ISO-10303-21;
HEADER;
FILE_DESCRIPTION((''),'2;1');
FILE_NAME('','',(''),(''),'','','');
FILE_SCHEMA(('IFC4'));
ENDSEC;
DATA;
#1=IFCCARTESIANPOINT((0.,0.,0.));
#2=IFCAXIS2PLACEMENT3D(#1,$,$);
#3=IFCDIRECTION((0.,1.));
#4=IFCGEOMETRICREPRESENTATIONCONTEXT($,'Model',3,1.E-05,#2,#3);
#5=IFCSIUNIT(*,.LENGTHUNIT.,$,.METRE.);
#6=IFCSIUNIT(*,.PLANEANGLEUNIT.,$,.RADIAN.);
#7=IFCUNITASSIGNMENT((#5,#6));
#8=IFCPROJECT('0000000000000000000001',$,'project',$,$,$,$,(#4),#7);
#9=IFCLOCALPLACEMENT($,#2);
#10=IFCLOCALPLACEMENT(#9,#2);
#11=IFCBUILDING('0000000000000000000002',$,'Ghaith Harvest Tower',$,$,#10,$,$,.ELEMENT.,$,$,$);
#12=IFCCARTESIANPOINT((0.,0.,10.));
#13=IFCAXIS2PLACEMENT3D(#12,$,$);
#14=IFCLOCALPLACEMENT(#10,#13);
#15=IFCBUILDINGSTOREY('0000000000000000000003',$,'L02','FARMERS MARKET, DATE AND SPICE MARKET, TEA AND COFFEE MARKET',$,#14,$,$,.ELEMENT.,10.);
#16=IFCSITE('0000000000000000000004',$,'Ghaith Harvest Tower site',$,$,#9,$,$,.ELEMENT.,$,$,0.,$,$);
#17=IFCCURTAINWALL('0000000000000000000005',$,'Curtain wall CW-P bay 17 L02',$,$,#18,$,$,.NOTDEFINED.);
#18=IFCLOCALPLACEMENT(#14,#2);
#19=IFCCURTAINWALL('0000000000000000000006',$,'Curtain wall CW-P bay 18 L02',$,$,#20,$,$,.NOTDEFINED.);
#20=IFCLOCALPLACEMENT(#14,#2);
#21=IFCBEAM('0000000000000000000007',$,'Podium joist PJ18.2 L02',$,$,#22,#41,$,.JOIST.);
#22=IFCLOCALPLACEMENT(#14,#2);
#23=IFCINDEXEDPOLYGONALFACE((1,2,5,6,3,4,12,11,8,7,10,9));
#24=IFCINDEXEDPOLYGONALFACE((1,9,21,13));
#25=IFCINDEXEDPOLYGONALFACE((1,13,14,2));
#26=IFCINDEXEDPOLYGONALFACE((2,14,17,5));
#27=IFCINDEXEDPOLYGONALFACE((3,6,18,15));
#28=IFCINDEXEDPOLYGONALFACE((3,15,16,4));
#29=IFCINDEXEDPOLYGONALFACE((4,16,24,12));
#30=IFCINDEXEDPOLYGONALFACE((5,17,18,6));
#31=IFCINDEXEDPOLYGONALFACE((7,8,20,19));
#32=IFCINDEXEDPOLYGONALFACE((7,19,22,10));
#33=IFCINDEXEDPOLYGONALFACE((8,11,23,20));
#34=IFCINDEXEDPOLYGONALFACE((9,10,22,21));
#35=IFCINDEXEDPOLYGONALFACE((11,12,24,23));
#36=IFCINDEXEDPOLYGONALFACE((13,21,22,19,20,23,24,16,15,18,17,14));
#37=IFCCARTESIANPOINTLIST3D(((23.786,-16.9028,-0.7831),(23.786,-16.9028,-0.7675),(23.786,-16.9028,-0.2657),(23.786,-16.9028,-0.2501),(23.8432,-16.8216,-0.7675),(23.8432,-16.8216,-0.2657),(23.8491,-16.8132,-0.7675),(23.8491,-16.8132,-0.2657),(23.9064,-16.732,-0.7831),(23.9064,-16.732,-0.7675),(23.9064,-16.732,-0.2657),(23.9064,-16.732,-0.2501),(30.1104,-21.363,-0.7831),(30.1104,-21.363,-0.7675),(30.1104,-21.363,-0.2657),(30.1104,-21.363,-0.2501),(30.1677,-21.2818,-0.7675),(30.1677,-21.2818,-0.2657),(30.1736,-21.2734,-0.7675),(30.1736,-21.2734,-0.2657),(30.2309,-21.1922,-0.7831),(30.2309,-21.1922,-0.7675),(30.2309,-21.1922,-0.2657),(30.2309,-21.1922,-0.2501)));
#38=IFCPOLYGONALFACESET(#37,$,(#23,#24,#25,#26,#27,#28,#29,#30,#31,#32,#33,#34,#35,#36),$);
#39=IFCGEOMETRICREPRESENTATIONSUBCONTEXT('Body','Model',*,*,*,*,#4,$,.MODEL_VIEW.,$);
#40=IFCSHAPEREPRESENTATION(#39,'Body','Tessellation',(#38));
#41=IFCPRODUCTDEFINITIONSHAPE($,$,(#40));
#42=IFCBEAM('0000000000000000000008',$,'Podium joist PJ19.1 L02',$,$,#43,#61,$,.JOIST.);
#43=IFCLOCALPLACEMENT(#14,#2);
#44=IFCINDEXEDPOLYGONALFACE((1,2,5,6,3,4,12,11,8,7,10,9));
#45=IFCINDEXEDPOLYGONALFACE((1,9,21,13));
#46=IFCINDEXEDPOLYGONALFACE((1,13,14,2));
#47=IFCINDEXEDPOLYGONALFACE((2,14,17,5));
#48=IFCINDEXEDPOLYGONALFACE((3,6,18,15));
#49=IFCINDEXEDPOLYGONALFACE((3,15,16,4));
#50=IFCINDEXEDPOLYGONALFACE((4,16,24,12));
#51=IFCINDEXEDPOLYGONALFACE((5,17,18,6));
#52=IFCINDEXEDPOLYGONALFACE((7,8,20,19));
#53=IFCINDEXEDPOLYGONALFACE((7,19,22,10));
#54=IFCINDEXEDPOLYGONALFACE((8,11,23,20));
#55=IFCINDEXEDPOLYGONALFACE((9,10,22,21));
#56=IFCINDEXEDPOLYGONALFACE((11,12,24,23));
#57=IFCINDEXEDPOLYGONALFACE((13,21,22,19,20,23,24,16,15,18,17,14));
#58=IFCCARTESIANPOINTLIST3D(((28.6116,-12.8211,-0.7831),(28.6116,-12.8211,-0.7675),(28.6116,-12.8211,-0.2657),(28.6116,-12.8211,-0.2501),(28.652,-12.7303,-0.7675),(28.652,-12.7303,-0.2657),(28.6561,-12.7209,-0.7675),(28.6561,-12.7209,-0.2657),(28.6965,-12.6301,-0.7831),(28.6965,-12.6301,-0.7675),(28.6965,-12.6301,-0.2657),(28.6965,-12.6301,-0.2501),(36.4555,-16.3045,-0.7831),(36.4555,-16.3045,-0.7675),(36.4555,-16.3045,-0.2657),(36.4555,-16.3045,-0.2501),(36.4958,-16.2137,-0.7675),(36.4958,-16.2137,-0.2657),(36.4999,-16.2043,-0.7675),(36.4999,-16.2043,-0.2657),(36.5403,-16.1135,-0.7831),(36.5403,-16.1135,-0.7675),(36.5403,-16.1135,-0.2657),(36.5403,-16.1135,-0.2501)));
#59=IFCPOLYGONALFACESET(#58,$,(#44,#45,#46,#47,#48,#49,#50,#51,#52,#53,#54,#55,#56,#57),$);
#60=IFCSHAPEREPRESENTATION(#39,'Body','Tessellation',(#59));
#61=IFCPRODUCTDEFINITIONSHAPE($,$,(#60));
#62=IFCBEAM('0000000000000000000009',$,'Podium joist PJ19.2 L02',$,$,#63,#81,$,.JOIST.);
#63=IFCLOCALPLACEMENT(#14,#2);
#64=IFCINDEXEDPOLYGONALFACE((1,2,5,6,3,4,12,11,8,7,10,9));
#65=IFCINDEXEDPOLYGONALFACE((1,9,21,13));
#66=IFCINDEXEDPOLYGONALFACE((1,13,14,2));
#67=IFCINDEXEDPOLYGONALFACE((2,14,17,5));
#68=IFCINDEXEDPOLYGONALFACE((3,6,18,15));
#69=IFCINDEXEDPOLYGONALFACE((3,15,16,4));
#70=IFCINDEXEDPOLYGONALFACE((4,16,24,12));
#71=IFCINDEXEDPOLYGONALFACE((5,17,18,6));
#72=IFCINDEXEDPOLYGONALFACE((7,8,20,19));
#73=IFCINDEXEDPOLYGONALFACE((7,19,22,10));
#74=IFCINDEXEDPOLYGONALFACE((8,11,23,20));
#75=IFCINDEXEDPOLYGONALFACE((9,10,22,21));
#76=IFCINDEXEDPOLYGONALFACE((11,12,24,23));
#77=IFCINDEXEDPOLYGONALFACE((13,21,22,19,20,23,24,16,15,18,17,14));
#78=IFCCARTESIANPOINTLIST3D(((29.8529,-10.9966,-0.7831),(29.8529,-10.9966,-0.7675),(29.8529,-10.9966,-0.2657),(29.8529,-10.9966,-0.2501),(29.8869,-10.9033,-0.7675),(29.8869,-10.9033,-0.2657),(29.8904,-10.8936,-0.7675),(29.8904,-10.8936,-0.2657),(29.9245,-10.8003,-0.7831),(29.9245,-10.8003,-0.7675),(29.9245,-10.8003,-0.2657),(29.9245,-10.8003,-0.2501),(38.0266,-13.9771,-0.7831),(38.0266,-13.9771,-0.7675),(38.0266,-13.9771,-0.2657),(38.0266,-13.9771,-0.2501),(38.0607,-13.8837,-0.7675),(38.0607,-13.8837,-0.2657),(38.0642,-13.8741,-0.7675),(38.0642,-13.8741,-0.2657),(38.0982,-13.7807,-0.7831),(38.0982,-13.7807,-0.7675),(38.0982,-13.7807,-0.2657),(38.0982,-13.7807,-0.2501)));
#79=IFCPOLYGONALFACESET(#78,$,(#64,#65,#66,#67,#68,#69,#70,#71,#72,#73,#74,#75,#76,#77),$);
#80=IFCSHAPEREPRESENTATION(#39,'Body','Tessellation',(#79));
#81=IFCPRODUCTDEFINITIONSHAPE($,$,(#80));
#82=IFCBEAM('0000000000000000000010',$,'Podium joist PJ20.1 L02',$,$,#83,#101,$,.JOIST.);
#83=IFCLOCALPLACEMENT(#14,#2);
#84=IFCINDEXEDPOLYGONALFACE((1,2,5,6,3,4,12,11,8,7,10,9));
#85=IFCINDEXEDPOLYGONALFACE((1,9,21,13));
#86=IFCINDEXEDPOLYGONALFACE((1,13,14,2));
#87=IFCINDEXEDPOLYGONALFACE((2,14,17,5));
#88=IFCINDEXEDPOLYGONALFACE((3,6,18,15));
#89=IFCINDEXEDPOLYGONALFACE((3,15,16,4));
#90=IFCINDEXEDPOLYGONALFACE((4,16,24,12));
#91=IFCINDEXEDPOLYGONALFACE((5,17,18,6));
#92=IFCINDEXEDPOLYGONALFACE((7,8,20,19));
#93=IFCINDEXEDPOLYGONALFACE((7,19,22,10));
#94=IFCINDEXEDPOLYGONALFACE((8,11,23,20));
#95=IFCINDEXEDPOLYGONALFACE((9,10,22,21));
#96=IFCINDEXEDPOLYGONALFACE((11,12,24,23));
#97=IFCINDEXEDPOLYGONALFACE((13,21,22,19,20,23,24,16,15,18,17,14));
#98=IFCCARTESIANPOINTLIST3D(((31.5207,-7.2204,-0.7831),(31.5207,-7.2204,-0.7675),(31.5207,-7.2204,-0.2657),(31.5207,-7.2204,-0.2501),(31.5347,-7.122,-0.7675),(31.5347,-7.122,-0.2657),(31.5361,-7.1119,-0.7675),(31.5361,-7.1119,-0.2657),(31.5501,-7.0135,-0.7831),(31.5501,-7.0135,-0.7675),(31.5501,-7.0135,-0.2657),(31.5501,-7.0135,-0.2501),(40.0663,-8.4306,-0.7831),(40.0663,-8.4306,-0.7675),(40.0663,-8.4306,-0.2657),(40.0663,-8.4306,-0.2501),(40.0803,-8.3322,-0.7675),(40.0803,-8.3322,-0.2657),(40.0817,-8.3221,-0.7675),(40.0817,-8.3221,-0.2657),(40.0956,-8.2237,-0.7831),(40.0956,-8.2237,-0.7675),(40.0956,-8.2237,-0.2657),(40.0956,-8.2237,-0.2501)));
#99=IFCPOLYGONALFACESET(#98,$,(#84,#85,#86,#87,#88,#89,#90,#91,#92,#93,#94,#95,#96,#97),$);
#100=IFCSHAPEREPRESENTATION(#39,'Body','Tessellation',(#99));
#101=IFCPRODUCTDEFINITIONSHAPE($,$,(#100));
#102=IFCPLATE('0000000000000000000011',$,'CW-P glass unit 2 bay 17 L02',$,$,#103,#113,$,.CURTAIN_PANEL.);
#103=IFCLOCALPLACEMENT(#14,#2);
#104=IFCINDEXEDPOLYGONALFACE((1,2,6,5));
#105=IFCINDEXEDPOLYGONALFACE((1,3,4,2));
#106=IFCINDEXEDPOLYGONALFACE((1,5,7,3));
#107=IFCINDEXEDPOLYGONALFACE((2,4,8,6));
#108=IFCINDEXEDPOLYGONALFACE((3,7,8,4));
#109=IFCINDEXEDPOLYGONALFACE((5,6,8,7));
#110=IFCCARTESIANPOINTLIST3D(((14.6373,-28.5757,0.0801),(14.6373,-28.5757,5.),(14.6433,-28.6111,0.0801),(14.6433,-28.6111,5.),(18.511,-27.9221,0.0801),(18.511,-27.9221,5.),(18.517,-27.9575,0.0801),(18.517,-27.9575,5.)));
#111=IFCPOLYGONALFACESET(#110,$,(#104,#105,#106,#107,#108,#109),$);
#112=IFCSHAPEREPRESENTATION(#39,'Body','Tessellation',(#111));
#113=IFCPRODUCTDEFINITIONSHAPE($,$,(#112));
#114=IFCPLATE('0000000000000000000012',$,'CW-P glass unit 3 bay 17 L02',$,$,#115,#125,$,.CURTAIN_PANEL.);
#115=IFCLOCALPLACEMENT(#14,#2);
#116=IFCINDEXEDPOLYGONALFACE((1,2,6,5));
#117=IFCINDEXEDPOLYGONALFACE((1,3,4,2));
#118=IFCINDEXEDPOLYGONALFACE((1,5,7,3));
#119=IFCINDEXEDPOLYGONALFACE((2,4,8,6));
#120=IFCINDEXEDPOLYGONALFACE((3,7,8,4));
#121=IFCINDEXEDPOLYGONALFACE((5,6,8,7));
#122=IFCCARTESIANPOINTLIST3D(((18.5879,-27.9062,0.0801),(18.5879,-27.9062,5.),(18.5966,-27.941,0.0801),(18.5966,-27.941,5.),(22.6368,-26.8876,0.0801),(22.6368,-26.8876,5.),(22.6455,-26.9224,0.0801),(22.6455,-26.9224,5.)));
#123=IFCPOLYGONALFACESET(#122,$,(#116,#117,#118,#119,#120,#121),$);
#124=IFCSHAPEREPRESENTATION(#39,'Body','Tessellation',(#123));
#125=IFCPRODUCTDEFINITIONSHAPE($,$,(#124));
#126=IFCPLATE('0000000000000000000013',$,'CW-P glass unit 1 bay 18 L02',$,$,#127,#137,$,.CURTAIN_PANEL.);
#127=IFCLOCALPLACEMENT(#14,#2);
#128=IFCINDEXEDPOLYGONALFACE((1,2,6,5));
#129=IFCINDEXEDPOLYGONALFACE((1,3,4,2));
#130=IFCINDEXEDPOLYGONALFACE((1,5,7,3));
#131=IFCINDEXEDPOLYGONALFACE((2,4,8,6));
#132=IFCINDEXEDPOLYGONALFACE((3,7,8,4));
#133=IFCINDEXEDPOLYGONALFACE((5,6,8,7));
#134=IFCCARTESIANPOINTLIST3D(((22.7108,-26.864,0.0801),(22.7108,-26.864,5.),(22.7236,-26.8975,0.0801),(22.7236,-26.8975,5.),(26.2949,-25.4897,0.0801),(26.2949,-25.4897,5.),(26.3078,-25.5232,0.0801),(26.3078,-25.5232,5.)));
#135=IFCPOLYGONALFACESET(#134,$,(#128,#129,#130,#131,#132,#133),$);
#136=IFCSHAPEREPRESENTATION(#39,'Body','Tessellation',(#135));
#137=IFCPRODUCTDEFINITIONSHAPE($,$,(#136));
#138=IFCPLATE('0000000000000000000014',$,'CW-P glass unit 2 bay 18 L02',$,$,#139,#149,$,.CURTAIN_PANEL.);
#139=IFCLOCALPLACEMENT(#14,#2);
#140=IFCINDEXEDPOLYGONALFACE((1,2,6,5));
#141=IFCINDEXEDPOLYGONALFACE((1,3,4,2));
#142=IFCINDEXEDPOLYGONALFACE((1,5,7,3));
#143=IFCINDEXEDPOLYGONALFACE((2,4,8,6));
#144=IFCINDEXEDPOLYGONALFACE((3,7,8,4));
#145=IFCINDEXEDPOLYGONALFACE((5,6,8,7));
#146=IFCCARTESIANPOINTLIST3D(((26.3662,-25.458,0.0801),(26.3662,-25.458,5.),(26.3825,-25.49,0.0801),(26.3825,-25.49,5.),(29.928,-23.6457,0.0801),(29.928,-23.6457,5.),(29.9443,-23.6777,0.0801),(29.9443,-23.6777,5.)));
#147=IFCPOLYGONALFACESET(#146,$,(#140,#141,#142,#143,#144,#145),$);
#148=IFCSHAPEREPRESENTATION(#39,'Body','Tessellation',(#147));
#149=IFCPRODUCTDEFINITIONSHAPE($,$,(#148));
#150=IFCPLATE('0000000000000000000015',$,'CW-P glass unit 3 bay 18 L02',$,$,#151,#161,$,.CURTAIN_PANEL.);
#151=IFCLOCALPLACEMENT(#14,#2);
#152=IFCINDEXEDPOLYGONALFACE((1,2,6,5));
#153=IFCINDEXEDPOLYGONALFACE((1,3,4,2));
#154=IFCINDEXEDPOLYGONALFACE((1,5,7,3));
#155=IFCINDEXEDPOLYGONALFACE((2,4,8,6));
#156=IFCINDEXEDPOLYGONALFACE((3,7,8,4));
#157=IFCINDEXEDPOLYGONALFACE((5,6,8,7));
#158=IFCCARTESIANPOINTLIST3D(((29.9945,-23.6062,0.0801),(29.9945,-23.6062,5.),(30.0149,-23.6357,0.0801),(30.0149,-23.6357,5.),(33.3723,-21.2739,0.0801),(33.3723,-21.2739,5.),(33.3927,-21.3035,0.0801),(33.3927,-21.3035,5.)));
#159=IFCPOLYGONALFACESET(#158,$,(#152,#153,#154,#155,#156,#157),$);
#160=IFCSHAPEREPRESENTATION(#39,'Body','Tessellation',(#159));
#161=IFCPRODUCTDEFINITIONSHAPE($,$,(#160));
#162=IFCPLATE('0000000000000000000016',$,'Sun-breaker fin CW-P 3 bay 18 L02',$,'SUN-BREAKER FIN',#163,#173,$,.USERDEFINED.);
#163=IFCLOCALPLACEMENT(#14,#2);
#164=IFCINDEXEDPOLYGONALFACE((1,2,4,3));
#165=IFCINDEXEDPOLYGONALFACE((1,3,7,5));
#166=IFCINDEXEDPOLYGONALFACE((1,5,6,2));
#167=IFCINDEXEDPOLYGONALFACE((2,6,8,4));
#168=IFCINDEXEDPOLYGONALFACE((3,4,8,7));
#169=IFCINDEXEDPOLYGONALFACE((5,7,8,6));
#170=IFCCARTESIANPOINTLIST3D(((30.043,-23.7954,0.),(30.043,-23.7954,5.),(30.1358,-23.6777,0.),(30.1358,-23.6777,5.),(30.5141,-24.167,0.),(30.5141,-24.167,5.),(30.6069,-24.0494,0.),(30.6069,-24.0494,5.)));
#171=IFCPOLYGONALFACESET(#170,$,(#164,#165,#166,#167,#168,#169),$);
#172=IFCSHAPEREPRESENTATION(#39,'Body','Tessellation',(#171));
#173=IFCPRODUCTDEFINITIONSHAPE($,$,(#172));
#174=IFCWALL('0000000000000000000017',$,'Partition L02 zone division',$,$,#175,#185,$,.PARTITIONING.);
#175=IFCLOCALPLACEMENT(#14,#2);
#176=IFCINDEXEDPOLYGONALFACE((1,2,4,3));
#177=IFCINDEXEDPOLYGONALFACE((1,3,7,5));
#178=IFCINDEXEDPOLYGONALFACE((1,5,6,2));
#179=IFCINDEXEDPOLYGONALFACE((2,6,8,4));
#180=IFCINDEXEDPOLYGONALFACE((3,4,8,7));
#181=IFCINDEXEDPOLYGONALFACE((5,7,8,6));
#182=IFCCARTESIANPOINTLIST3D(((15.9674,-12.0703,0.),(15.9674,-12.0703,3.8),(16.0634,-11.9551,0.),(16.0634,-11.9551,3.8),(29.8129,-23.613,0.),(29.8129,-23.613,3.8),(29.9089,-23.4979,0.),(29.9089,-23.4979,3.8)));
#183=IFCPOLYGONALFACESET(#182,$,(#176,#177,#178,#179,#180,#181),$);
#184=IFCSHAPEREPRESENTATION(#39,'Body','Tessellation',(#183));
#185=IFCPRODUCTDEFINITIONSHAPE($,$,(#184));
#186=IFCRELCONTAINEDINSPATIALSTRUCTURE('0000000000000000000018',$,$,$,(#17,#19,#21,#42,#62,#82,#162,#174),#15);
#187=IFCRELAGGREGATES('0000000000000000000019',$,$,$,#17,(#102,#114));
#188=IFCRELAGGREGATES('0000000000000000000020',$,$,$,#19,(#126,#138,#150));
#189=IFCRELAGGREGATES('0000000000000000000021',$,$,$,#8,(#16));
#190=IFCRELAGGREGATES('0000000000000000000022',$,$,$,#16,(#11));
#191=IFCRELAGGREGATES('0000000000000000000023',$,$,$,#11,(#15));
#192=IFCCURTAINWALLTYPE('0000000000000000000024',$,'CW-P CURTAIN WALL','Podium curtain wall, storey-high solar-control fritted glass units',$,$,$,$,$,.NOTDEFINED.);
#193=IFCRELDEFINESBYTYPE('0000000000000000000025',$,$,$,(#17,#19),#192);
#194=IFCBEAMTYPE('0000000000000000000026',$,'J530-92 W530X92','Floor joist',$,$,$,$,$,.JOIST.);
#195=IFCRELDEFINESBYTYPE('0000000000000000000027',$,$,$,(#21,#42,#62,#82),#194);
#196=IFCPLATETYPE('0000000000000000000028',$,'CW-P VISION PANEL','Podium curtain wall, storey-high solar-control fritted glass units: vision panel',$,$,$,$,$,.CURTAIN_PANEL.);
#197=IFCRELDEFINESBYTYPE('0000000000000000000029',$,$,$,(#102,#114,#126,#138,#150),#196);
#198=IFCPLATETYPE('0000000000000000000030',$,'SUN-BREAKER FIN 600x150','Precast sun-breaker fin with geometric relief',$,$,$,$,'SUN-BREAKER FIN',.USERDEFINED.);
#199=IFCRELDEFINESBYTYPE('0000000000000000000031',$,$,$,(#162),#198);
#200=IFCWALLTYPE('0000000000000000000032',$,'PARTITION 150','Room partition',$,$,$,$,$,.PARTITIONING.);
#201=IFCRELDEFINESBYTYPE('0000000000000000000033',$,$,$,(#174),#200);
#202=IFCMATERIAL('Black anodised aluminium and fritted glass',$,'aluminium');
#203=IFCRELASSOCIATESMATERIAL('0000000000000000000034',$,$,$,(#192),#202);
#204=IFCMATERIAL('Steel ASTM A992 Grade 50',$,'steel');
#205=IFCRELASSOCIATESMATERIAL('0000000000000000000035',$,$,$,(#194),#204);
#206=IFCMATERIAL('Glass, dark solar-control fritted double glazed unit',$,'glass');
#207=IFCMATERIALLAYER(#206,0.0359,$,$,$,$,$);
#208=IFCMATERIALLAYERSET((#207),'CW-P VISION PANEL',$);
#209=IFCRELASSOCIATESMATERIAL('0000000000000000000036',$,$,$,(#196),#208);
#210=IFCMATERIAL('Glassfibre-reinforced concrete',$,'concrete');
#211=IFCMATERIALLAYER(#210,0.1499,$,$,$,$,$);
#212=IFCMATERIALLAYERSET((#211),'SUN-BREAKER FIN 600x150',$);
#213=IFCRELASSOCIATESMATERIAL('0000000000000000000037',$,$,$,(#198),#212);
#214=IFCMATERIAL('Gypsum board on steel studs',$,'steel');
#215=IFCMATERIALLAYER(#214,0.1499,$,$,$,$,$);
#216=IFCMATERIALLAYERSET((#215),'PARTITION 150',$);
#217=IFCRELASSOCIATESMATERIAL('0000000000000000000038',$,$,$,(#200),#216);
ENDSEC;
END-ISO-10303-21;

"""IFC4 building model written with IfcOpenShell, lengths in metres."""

from ifc_helpers import new_model, si_unit, direction, frame, frame_2d, origin, origin_2d, place, context, subcontext, project, spatial, rectangle, i_section, extrude, material, layer, layer_set, material_profile, profile_set, type_object, element, aggregate, save


model = new_model("IFC4")

# Units and contexts
model_context = context("Model", 3, precision=1e-05, world=origin(), true_north=direction((0.0, 1.0)))
body_context = subcontext(model_context, "Body", "Model", "MODEL_VIEW")
ifc_project = project(units=[si_unit("LENGTHUNIT", "METRE"), si_unit("PLANEANGLEUNIT", "RADIAN")], contexts=[model_context])

# Site, building, storey
site_placement = place(None, origin())
site = spatial("IfcSite", under=ifc_project, at=site_placement, Name="Ghaith Harvest Tower site", CompositionType="ELEMENT", RefElevation=0.0)
building_placement = place(site_placement, origin())
building = spatial("IfcBuilding", under=site, at=building_placement, Name="Ghaith Harvest Tower", CompositionType="ELEMENT")
storey_placement = place(building_placement, frame((0.0, 0.0, 10.0)))
storey = spatial("IfcBuildingStorey", under=building, at=storey_placement, Name="L02", Description="FARMERS MARKET, DATE AND SPICE MARKET, TEA AND COFFEE MARKET", CompositionType="ELEMENT", Elevation=10.0)

# Curtain wall
ifc_material_1 = material(Name="Black anodised aluminium and fritted glass", Category="aluminium")
curtain_wall_type = type_object("IfcCurtainWallType", Name="CW-P CURTAIN WALL", Description="Podium curtain wall, storey-high solar-control fritted glass units", PredefinedType="NOTDEFINED", material=ifc_material_1)
curtain_wall_1_placement = place(storey_placement, origin())
curtain_wall_1 = element("IfcCurtainWall", 1, at=curtain_wall_1_placement, inside=storey, type_object=curtain_wall_type, Name="Curtain wall CW-P bay 17 L02", PredefinedType="NOTDEFINED")

# Curtain wall
curtain_wall_2_placement = place(storey_placement, origin())
curtain_wall_2 = element("IfcCurtainWall", 2, at=curtain_wall_2_placement, inside=storey, type_object=curtain_wall_type, Name="Curtain wall CW-P bay 18 L02", PredefinedType="NOTDEFINED")

# Beams
ifc_material_2 = material(Name="Steel ASTM A992 Grade 50", Category="steel")
ifc_material_profile_1 = material_profile(ifc_material_2, i_section(OverallWidth=0.209, OverallDepth=0.533, WebThickness=0.0103, FlangeThickness=0.0156, at=origin_2d()), Name="W530X92")
ifc_profile_set_1 = profile_set([ifc_material_profile_1], Name="Steel ASTM A992 Grade 50")
beam_type_1 = type_object("IfcBeamType", Name="J530-92 W530X92", Description="Floor joist", PredefinedType="JOIST", material=ifc_profile_set_1)
beam_1_placement = place(storey_placement, frame((23.8462, -16.8174, -0.5166), z_axis=(0.817219, -0.576328, 0.0), x_axis=(0.576328, 0.817219, 0.0)))
element("IfcBeam", 3, at=beam_1_placement, inside=storey, type_object=beam_type_1, Name="Podium joist PJ18.2 L02", PredefinedType="JOIST", context=body_context, shape_type="SweptSolid", body=[
    extrude(i_section(OverallWidth=0.209, OverallDepth=0.533, WebThickness=0.0103, FlangeThickness=0.0156, at=origin_2d()), origin(), (0.0, 0.0, 1.0), 7.739),
])
beam_2_placement = place(storey_placement, frame((28.6541, -12.7256, -0.5166), z_axis=(0.913929, -0.405875, 0.0), x_axis=(0.405875, 0.913929, 0.0)))
element("IfcBeam", 4, at=beam_2_placement, inside=storey, type_object=beam_type_1, Name="Podium joist PJ19.1 L02", PredefinedType="JOIST", context=body_context, shape_type="SweptSolid", body=[
    extrude(i_section(OverallWidth=0.209, OverallDepth=0.533, WebThickness=0.0103, FlangeThickness=0.0156, at=origin_2d()), origin(), (0.0, 0.0, 1.0), 8.5825),
])
beam_3_placement = place(storey_placement, frame((29.8887, -10.8984, -0.5166), z_axis=(0.939492, -0.342572, 0.0), x_axis=(0.342572, 0.939492, 0.0)))
element("IfcBeam", 5, at=beam_3_placement, inside=storey, type_object=beam_type_1, Name="Podium joist PJ19.2 L02", PredefinedType="JOIST", context=body_context, shape_type="SweptSolid", body=[
    extrude(i_section(OverallWidth=0.209, OverallDepth=0.533, WebThickness=0.0103, FlangeThickness=0.0156, at=origin_2d()), origin(), (0.0, 0.0, 1.0), 8.7002),
])
beam_4_placement = place(storey_placement, frame((31.5354, -7.1169, -0.5166), z_axis=(0.990121, -0.140217, 0.0), x_axis=(0.140217, 0.990121, 0.0)))
element("IfcBeam", 6, at=beam_4_placement, inside=storey, type_object=beam_type_1, Name="Podium joist PJ20.1 L02", PredefinedType="JOIST", context=body_context, shape_type="SweptSolid", body=[
    extrude(i_section(OverallWidth=0.209, OverallDepth=0.533, WebThickness=0.0103, FlangeThickness=0.0156, at=origin_2d()), origin(), (0.0, 0.0, 1.0), 8.6309),
])

# Plates
ifc_material_3 = material(Name="Glass, dark solar-control fritted double glazed unit", Category="glass")
ifc_layer_1 = layer(ifc_material_3, 0.0359)
ifc_layer_set_1 = layer_set([ifc_layer_1], Name="CW-P VISION PANEL")
plate_type_1 = type_object("IfcPlateType", Name="CW-P VISION PANEL", Description="Podium curtain wall, storey-high solar-control fritted glass units: vision panel", PredefinedType="CURTAIN_PANEL", material=ifc_layer_set_1)
plate_1_placement = place(storey_placement, frame((16.5771, -28.2666, 0.0801), z_axis=(0.0, 0.0, 1.0), x_axis=(0.986062, 0.166379, 0.0)))
plate_1 = element("IfcPlate", 7, at=plate_1_placement, type_object=plate_type_1, Name="CW-P glass unit 2 bay 17 L02", PredefinedType="CURTAIN_PANEL", context=body_context, shape_type="SweptSolid", body=[
    extrude(rectangle(XDim=3.9285, YDim=0.0359, at=origin_2d()), origin(), (0.0, 0.0, 1.0), 4.9199),
])
plate_2_placement = place(storey_placement, frame((20.6167, -27.4143, 0.0801), z_axis=(0.0, 0.0, 1.0), x_axis=(0.969785, 0.243963, 0.0)))
plate_2 = element("IfcPlate", 8, at=plate_2_placement, type_object=plate_type_1, Name="CW-P glass unit 3 bay 17 L02", PredefinedType="CURTAIN_PANEL", context=body_context, shape_type="SweptSolid", body=[
    extrude(rectangle(XDim=4.175, YDim=0.0359, at=origin_2d()), origin(), (0.0, 0.0, 1.0), 4.9199),
])
aggregate(curtain_wall_1, [plate_1, plate_2])
plate_3_placement = place(storey_placement, frame((24.5093, -26.1936, 0.0801), z_axis=(0.0, 0.0, 1.0), x_axis=(0.933706, 0.35804, 0.0)))
plate_3 = element("IfcPlate", 9, at=plate_3_placement, type_object=plate_type_1, Name="CW-P glass unit 1 bay 18 L02", PredefinedType="CURTAIN_PANEL", context=body_context, shape_type="SweptSolid", body=[
    extrude(rectangle(XDim=3.8386, YDim=0.0359, at=origin_2d()), origin(), (0.0, 0.0, 1.0), 4.9199),
])
plate_4_placement = place(storey_placement, frame((28.1553, -24.5679, 0.0801), z_axis=(0.0, 0.0, 1.0), x_axis=(0.891267, 0.453479, 0.0)))
plate_4 = element("IfcPlate", 10, at=plate_4_placement, type_object=plate_type_1, Name="CW-P glass unit 2 bay 18 L02", PredefinedType="CURTAIN_PANEL", context=body_context, shape_type="SweptSolid", body=[
    extrude(rectangle(XDim=3.9963, YDim=0.0359, at=origin_2d()), origin(), (0.0, 0.0, 1.0), 4.9199),
])
plate_5_placement = place(storey_placement, frame((31.6936, -22.4548, 0.0801), z_axis=(0.0, 0.0, 1.0), x_axis=(0.822893, 0.568196, 0.0)))
plate_5 = element("IfcPlate", 11, at=plate_5_placement, type_object=plate_type_1, Name="CW-P glass unit 3 bay 18 L02", PredefinedType="CURTAIN_PANEL", context=body_context, shape_type="SweptSolid", body=[
    extrude(rectangle(XDim=4.1047, YDim=0.0359, at=origin_2d()), origin(), (0.0, 0.0, 1.0), 4.9199),
])
aggregate(curtain_wall_2, [plate_3, plate_4, plate_5])
ifc_material_4 = material(Name="Glassfibre-reinforced concrete", Category="concrete")
ifc_layer_2 = layer(ifc_material_4, 0.1499)
ifc_layer_set_2 = layer_set([ifc_layer_2], Name="SUN-BREAKER FIN 600x150")
plate_type_2 = type_object("IfcPlateType", Name="SUN-BREAKER FIN 600x150", Description="Precast sun-breaker fin with geometric relief", ElementType="SUN-BREAKER FIN", PredefinedType="USERDEFINED", material=ifc_layer_set_2)
plate_6_placement = place(storey_placement, frame((30.325, -23.9224, 0.0), z_axis=(0.0, 0.0, 1.0), x_axis=(0.785115, -0.61935, 0.0)))
element("IfcPlate", 12, at=plate_6_placement, inside=storey, type_object=plate_type_2, Name="Sun-breaker fin CW-P 3 bay 18 L02", ObjectType="SUN-BREAKER FIN", PredefinedType="USERDEFINED", context=body_context, shape_type="SweptSolid", body=[
    extrude(rectangle(XDim=0.6001, YDim=0.1499, at=origin_2d()), origin(), (0.0, 0.0, 1.0), 5.0),
])

# Wall
ifc_material_5 = material(Name="Gypsum board on steel studs", Category="steel")
ifc_layer_3 = layer(ifc_material_5, 0.1499)
ifc_layer_set_3 = layer_set([ifc_layer_3], Name="PARTITION 150")
wall_type_1 = type_object("IfcWallType", Name="PARTITION 150", Description="Room partition", PredefinedType="PARTITIONING", material=ifc_layer_set_3)
wall_1_placement = place(storey_placement, frame((16.0154, -12.0127, 0.0), z_axis=(0.0, 0.0, 1.0), x_axis=(0.768089, -0.640343, 0.0)))
element("IfcWall", 13, at=wall_1_placement, inside=storey, type_object=wall_type_1, Name="Partition L02 zone division", PredefinedType="PARTITIONING", context=body_context, shape_type="SweptSolid", body=[
    extrude(rectangle(XDim=18.0259, YDim=0.1499, at=frame_2d((9.0129, 0.0))), origin(), (0.0, 0.0, 1.0), 3.8),
])

save(model, "model.ifc")
